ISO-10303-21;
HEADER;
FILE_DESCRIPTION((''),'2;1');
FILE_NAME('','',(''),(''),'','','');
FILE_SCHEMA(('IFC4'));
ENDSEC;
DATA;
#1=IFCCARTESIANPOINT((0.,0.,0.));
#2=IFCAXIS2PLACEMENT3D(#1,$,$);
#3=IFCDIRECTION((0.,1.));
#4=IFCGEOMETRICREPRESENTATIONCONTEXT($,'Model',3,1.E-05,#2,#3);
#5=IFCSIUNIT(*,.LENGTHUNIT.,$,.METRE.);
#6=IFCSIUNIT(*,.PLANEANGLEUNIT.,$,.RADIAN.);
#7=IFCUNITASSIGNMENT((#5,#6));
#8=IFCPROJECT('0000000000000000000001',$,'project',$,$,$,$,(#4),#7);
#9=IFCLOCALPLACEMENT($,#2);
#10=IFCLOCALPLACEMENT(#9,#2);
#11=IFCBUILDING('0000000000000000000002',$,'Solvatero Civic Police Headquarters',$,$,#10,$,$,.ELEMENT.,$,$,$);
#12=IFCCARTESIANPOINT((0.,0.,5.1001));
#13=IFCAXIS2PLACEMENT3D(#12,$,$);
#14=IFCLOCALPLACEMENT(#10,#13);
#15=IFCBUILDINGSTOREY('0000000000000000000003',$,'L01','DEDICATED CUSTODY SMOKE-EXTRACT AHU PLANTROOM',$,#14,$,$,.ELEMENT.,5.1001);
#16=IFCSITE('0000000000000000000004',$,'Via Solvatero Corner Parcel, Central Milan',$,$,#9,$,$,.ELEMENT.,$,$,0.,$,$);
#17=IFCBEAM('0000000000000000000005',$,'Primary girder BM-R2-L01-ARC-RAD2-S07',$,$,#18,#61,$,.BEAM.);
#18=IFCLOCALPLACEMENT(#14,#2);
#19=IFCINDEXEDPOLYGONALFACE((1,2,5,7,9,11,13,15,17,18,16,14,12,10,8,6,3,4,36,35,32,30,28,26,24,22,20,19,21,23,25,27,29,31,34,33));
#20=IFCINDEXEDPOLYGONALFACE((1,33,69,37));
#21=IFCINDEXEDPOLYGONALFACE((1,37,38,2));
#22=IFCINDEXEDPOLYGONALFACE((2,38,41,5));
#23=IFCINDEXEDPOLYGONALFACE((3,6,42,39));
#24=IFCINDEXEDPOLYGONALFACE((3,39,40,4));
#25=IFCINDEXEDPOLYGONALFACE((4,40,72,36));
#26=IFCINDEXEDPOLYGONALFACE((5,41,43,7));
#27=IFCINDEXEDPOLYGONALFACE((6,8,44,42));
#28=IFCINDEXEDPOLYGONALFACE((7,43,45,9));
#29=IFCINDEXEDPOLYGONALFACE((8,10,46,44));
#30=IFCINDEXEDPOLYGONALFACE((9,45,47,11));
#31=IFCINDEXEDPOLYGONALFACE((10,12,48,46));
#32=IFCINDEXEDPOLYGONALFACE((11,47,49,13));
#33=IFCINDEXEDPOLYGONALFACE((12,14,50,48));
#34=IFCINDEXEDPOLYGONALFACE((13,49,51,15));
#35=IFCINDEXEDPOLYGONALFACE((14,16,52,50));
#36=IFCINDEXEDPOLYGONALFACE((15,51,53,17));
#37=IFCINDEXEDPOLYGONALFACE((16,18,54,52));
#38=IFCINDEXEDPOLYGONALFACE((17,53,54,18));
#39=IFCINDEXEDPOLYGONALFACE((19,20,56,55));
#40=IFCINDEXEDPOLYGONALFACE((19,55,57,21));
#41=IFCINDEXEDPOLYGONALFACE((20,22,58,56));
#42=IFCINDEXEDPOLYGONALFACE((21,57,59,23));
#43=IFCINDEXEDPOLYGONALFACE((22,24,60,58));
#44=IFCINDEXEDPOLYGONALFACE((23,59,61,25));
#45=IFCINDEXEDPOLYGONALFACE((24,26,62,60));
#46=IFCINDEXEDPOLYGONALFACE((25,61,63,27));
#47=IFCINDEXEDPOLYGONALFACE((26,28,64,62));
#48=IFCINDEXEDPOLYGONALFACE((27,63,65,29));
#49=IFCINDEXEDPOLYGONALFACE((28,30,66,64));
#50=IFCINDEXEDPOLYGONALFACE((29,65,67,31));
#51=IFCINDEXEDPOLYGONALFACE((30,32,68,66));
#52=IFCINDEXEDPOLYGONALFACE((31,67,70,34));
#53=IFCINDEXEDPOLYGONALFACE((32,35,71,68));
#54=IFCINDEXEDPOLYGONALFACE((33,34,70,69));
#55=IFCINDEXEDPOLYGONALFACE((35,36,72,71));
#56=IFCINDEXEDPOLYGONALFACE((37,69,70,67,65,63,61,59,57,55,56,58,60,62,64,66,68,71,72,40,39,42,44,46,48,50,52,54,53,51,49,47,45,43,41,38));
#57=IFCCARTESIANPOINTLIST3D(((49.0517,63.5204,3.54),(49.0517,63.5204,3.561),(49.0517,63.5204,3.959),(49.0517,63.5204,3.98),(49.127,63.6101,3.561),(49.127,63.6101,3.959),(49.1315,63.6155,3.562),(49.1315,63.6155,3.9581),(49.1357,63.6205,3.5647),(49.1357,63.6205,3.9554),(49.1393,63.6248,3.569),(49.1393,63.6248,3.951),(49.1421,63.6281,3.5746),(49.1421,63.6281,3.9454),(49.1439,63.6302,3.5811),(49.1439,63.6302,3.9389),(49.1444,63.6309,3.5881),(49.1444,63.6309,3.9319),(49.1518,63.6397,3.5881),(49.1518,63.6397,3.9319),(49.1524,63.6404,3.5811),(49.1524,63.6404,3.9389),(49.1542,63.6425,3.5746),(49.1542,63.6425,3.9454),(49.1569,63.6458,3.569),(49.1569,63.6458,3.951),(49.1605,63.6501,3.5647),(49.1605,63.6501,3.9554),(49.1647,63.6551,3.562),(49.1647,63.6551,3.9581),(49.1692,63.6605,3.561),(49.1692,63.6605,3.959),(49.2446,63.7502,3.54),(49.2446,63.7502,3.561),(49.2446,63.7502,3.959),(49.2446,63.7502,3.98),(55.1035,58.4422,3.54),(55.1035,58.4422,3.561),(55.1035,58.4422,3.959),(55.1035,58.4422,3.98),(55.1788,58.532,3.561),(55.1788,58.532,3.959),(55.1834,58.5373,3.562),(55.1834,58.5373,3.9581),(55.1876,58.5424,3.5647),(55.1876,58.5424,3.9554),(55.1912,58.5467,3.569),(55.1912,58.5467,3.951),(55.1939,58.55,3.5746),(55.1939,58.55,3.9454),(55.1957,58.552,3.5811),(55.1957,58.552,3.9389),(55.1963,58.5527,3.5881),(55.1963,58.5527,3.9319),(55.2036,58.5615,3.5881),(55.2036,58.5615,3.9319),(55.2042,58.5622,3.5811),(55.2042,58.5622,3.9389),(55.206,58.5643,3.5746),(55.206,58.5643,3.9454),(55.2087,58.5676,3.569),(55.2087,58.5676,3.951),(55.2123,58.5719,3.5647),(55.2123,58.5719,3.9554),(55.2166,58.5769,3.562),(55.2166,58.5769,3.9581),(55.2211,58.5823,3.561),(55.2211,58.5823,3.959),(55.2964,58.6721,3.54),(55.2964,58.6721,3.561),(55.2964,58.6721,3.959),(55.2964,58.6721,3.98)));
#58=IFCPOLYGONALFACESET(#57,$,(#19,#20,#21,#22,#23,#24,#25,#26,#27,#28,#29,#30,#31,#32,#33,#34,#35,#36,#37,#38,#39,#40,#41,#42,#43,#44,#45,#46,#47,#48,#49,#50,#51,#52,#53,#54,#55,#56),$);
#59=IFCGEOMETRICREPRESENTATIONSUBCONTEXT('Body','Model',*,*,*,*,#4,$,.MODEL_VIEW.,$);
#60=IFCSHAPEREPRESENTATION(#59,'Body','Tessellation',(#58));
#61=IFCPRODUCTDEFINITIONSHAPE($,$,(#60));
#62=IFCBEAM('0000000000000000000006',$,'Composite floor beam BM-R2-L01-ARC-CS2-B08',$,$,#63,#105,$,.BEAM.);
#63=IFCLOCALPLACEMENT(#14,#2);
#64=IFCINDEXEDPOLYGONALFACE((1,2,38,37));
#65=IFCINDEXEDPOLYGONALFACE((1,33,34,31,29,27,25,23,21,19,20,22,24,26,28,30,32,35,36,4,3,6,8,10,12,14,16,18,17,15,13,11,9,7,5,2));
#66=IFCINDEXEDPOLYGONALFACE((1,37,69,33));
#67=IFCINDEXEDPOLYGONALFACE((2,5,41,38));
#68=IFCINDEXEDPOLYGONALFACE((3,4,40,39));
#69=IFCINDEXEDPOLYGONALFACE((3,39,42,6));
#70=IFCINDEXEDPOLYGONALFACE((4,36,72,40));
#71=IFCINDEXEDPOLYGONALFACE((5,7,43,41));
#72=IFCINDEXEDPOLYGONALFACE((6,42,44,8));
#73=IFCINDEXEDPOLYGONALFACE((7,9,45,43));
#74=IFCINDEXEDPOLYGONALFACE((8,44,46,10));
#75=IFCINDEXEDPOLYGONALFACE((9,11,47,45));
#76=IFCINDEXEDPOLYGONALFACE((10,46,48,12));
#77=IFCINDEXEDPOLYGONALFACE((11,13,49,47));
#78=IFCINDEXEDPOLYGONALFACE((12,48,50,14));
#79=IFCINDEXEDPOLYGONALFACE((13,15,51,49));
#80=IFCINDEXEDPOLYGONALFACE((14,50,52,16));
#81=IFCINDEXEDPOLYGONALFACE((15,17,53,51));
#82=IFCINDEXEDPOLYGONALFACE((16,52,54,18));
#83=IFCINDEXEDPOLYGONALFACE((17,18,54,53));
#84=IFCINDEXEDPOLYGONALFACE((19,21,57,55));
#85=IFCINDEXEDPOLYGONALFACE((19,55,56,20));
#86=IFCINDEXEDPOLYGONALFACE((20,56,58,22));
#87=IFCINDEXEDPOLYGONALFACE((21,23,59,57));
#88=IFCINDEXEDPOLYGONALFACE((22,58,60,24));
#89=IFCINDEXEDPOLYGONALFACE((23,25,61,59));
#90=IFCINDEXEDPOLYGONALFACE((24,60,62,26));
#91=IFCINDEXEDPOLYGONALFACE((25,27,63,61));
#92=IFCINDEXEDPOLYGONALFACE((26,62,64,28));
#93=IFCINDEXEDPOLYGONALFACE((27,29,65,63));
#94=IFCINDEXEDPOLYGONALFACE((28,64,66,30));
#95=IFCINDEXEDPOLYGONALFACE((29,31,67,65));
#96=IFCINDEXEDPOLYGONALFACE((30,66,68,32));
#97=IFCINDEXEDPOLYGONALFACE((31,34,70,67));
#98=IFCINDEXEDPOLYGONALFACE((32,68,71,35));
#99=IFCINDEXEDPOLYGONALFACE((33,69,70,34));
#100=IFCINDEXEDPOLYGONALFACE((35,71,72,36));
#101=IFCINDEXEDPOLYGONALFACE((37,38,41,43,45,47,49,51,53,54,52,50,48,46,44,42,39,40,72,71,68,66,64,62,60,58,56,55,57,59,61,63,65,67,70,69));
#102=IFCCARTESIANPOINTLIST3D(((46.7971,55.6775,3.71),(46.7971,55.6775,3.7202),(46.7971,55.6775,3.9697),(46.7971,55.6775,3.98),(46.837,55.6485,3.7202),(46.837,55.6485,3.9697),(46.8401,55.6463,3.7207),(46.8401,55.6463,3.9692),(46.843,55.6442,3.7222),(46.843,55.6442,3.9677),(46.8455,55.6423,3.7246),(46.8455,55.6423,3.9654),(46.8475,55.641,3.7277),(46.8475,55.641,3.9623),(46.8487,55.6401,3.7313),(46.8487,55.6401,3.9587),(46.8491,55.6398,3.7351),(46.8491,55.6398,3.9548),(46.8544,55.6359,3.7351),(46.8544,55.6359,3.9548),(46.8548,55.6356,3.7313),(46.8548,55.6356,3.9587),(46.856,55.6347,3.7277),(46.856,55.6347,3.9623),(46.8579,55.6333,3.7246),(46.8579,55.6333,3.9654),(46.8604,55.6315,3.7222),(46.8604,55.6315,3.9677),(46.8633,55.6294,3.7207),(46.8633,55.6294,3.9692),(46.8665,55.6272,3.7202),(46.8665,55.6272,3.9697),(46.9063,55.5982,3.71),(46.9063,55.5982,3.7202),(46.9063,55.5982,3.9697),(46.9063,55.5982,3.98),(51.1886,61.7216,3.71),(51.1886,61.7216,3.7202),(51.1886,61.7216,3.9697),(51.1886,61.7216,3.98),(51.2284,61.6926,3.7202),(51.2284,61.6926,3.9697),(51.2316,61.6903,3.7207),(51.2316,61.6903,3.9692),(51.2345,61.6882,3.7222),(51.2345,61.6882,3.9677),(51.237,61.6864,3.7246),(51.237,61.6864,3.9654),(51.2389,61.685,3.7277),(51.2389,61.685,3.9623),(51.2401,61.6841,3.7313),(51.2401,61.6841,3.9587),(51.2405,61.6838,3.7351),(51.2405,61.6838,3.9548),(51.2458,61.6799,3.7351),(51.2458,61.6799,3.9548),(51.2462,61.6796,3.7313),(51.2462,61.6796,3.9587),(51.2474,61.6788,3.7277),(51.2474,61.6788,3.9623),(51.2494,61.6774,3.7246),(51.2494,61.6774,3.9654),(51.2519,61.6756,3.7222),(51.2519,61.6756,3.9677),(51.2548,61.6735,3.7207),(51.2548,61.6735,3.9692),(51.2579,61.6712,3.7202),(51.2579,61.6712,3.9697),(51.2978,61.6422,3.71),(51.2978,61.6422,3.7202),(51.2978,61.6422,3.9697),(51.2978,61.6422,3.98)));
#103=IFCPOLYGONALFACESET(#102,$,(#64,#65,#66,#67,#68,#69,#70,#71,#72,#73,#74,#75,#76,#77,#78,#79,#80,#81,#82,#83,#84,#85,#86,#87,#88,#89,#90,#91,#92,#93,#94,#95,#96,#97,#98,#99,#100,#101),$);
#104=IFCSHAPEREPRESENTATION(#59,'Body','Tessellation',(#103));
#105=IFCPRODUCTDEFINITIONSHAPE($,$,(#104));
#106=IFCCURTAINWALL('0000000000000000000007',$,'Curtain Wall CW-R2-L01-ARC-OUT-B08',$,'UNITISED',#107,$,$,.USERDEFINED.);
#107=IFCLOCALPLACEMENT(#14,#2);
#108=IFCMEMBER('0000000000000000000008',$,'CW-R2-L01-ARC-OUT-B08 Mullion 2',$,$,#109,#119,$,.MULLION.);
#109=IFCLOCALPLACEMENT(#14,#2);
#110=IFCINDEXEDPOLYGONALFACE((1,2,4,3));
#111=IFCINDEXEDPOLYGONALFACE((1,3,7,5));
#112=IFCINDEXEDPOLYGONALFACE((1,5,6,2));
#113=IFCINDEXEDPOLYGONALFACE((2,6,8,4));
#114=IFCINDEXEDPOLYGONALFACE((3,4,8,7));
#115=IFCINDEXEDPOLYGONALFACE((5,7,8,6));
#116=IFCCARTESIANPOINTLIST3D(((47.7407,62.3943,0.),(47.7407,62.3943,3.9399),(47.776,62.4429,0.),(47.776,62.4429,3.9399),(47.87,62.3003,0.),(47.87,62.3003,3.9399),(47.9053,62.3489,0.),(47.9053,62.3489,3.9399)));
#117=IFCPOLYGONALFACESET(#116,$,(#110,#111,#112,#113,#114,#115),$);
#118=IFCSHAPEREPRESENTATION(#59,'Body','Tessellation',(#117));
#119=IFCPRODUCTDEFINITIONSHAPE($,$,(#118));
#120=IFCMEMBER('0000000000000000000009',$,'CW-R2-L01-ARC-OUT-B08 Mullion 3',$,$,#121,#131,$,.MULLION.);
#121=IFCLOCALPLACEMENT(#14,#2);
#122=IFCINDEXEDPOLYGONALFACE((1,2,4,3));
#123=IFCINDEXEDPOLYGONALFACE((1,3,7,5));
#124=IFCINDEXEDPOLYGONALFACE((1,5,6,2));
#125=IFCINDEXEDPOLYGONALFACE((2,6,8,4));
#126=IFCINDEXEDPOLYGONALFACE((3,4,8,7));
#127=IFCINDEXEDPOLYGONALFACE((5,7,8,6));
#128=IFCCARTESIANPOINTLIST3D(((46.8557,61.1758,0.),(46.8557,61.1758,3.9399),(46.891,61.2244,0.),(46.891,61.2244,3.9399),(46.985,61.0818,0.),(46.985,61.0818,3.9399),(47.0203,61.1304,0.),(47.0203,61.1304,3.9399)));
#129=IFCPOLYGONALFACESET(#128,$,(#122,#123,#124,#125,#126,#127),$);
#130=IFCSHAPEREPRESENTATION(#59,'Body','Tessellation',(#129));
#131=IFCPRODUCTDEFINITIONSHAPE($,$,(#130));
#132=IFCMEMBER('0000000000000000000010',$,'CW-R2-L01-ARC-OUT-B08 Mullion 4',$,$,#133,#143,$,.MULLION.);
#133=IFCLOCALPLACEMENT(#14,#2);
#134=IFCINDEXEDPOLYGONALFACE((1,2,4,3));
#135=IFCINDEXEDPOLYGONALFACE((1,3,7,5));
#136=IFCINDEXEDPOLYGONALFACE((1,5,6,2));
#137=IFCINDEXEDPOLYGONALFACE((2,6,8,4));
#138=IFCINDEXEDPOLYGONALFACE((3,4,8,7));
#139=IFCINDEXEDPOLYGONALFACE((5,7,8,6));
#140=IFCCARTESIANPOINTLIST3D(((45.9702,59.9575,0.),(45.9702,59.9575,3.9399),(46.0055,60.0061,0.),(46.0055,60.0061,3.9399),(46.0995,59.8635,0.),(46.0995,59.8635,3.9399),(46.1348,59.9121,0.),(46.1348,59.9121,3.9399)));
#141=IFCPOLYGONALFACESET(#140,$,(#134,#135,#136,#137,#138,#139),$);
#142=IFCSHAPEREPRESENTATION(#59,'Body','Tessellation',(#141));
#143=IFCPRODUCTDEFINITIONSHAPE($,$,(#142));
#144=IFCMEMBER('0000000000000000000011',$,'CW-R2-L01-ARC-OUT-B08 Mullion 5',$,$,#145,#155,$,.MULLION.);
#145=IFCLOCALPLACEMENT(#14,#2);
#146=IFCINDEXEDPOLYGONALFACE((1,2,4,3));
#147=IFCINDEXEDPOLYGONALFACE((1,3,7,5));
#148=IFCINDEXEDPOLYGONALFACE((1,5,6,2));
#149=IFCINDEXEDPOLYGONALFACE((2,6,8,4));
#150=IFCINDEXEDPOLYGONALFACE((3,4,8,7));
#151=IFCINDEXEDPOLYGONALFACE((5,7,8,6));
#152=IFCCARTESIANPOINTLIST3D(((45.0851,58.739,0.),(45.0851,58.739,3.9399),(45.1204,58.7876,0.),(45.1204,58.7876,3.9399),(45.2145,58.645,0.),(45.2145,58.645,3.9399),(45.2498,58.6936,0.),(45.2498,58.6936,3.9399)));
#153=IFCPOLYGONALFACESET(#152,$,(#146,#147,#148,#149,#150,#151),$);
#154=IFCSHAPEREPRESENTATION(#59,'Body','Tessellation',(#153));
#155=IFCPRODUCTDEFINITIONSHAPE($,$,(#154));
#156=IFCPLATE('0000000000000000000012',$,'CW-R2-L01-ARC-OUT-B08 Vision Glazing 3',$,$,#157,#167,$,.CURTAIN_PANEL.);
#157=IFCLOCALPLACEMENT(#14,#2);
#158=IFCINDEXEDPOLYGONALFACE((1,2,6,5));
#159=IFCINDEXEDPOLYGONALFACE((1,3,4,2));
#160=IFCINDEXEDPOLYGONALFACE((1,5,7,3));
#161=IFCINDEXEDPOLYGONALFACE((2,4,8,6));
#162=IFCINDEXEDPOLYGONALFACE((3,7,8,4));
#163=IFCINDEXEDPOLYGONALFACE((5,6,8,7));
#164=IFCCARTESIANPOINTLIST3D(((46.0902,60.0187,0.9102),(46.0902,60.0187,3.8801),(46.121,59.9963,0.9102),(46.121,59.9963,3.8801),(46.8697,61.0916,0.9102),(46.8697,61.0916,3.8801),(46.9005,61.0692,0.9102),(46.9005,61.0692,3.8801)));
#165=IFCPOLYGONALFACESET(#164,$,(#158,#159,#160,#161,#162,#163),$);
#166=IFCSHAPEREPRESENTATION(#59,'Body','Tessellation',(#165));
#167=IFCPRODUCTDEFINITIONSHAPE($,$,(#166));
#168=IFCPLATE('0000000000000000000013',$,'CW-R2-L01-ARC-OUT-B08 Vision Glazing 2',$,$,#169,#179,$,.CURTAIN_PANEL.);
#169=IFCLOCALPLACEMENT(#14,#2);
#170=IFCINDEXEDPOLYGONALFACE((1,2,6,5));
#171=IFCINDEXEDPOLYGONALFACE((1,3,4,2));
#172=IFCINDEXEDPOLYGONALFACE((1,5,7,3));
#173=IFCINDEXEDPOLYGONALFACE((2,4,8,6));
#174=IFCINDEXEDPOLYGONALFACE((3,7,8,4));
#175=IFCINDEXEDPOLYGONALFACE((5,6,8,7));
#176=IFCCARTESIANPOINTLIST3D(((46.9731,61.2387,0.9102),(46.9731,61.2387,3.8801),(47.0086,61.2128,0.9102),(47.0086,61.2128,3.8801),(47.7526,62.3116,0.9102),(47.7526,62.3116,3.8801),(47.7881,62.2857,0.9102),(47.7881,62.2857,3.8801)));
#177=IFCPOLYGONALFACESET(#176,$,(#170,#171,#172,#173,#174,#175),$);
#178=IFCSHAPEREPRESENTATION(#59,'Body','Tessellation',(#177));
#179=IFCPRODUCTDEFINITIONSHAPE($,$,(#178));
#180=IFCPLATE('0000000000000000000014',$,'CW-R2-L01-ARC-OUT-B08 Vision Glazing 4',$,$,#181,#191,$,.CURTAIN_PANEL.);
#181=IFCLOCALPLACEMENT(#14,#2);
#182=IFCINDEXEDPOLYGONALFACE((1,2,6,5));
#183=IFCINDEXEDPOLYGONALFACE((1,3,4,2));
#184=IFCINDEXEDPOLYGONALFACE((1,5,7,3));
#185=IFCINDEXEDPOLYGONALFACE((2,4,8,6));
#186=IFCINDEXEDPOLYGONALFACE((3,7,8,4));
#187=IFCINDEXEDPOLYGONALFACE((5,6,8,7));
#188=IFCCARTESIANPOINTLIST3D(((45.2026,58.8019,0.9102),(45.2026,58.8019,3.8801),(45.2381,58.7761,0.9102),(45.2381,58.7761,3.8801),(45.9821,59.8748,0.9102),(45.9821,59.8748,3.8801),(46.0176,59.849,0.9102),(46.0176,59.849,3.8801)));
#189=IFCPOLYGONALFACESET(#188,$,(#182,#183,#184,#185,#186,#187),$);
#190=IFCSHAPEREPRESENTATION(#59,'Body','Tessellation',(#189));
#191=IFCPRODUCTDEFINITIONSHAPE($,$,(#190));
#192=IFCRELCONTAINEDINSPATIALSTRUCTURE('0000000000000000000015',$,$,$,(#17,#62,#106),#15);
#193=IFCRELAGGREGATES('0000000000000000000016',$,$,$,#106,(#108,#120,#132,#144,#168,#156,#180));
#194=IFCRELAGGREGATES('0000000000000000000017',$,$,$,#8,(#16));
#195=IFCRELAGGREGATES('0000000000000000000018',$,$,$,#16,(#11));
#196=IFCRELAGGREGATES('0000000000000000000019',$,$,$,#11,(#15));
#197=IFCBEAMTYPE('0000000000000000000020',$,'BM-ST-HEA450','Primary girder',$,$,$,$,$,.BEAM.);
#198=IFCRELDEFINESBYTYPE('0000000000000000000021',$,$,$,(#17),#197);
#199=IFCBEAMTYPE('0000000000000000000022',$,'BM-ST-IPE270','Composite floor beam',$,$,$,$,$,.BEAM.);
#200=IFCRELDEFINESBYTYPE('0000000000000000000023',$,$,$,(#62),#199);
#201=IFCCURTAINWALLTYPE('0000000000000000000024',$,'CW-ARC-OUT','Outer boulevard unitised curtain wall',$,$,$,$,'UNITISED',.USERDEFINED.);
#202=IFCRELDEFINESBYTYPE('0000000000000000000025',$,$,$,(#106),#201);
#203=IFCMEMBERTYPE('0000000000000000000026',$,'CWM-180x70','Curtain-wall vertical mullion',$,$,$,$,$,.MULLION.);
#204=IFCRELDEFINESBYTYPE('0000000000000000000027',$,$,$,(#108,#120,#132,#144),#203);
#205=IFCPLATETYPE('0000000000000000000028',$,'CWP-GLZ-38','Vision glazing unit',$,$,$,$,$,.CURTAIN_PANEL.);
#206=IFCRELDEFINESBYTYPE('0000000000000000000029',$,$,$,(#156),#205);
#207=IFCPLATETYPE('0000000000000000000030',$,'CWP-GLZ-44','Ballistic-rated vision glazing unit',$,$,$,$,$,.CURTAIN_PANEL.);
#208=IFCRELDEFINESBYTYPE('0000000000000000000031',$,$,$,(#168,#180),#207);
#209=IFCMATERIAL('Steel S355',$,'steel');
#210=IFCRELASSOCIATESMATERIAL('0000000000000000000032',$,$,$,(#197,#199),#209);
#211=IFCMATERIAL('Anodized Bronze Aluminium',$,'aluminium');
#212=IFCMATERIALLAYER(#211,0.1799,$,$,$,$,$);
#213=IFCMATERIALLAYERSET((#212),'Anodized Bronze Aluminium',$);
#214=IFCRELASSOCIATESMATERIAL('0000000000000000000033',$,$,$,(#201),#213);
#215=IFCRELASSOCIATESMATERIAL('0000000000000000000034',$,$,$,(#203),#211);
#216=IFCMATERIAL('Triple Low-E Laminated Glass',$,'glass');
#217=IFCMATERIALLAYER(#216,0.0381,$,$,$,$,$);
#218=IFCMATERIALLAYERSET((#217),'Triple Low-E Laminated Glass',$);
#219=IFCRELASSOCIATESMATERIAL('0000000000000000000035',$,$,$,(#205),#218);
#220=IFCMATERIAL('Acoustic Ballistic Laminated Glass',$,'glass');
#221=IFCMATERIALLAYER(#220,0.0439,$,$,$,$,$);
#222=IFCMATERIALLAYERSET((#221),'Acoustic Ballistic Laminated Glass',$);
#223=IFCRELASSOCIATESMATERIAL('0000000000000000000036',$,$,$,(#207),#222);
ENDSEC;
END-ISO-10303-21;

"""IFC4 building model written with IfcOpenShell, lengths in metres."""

from ifc_helpers import new_model, si_unit, direction, frame, origin, origin_2d, place, context, subcontext, project, spatial, rectangle, i_section, extrude, material, layer, layer_set, material_profile, profile_set, type_object, element, aggregate, save


model = new_model("IFC4")

# Units and contexts
model_context = context("Model", 3, precision=1e-05, world=origin(), true_north=direction((0.0, 1.0)))
body_context = subcontext(model_context, "Body", "Model", "MODEL_VIEW")
ifc_project = project(units=[si_unit("LENGTHUNIT", "METRE"), si_unit("PLANEANGLEUNIT", "RADIAN")], contexts=[model_context])

# Site, building, storey
site_placement = place(None, origin())
site = spatial("IfcSite", under=ifc_project, at=site_placement, Name="Via Solvatero Corner Parcel, Central Milan", CompositionType="ELEMENT", RefElevation=0.0)
building_placement = place(site_placement, origin())
building = spatial("IfcBuilding", under=site, at=building_placement, Name="Solvatero Civic Police Headquarters", CompositionType="ELEMENT")
storey_placement = place(building_placement, frame((0.0, 0.0, 5.1001)))
storey = spatial("IfcBuildingStorey", under=building, at=storey_placement, Name="L01", Description="DEDICATED CUSTODY SMOKE-EXTRACT AHU PLANTROOM", CompositionType="ELEMENT", Elevation=5.1001)

# Beams
ifc_material_1 = material(Name="Steel S355", Category="steel")
ifc_material_profile_1 = material_profile(ifc_material_1, i_section(OverallWidth=0.3, OverallDepth=0.4399, WebThickness=0.0115, FlangeThickness=0.021, FilletRadius=0.0271, at=origin_2d()), Name="HEA 450")
ifc_profile_set_1 = profile_set([ifc_material_profile_1], Name="Steel S355")
beam_type_1 = type_object("IfcBeamType", Name="BM-ST-HEA450", Description="Primary girder", PredefinedType="BEAM", material=ifc_profile_set_1)
beam_1_placement = place(storey_placement, frame((55.2, 58.5571, 3.76), z_axis=(-0.766038, 0.642795, 0.0), x_axis=(-0.642795, -0.766038, 0.0)))
element("IfcBeam", 1, at=beam_1_placement, inside=storey, type_object=beam_type_1, Name="Primary girder BM-R2-L01-ARC-RAD2-S07", PredefinedType="BEAM", context=body_context, shape_type="SweptSolid", body=[
    extrude(i_section(OverallWidth=0.3, OverallDepth=0.4399, WebThickness=0.0115, FlangeThickness=0.021, FilletRadius=0.0271, at=origin_2d()), origin(), (0.0, 0.0, 1.0), 7.9001),
])
ifc_material_profile_2 = material_profile(ifc_material_1, i_section(OverallWidth=0.135, OverallDepth=0.27, WebThickness=0.0066, FlangeThickness=0.0103, FilletRadius=0.0149, at=origin_2d()), Name="IPE 270")
ifc_profile_set_2 = profile_set([ifc_material_profile_2], Name="Steel S355")
beam_type_2 = type_object("IfcBeamType", Name="BM-ST-IPE270", Description="Composite floor beam", PredefinedType="BEAM", material=ifc_profile_set_2)
beam_2_placement = place(storey_placement, frame((51.2432, 61.6819, 3.845), z_axis=(-0.587801, -0.809006, 0.0), x_axis=(0.809006, -0.587801, 0.0)))
element("IfcBeam", 2, at=beam_2_placement, inside=storey, type_object=beam_type_2, Name="Composite floor beam BM-R2-L01-ARC-CS2-B08", PredefinedType="BEAM", context=body_context, shape_type="SweptSolid", body=[
    extrude(i_section(OverallWidth=0.135, OverallDepth=0.27, WebThickness=0.0066, FlangeThickness=0.0103, FilletRadius=0.0149, at=origin_2d()), origin(), (0.0, 0.0, 1.0), 7.4709),
])

# Curtain wall, members, plates
ifc_material_2 = material(Name="Anodized Bronze Aluminium", Category="aluminium")
ifc_layer_1 = layer(ifc_material_2, 0.1799)
ifc_layer_set_1 = layer_set([ifc_layer_1], Name="Anodized Bronze Aluminium")
curtain_wall_type = type_object("IfcCurtainWallType", Name="CW-ARC-OUT", Description="Outer boulevard unitised curtain wall", ElementType="UNITISED", PredefinedType="USERDEFINED", material=ifc_layer_set_1)
curtain_wall_placement = place(storey_placement, origin())
curtain_wall = element("IfcCurtainWall", 3, at=curtain_wall_placement, inside=storey, type_object=curtain_wall_type, Name="Curtain Wall CW-R2-L01-ARC-OUT-B08", ObjectType="UNITISED", PredefinedType="USERDEFINED")
ifc_material_profile_3 = material_profile(ifc_material_2, rectangle(XDim=0.0601, YDim=0.1599, at=origin_2d()), Name="ALU MULLION 60x160")
ifc_profile_set_3 = profile_set([ifc_material_profile_3], Name="Anodized Bronze Aluminium")
member_type = type_object("IfcMemberType", Name="CWM-180x70", Description="Curtain-wall vertical mullion", PredefinedType="MULLION", material=ifc_profile_set_3)
member_1_placement = place(storey_placement, frame((47.823, 62.3716, 0.0), z_axis=(0.0, 0.0, 1.0), x_axis=(-0.587785, -0.809017, 0.0)))
member_1 = element("IfcMember", 4, at=member_1_placement, type_object=member_type, Name="CW-R2-L01-ARC-OUT-B08 Mullion 2", PredefinedType="MULLION", context=body_context, shape_type="SweptSolid", body=[
    extrude(rectangle(XDim=0.0601, YDim=0.1599, at=origin_2d()), origin(), (0.0, 0.0, 1.0), 3.9399),
])
member_2_placement = place(storey_placement, frame((46.938, 61.1531, 0.0), z_axis=(0.0, 0.0, 1.0), x_axis=(-0.587785, -0.809017, 0.0)))
member_2 = element("IfcMember", 5, at=member_2_placement, type_object=member_type, Name="CW-R2-L01-ARC-OUT-B08 Mullion 3", PredefinedType="MULLION", context=body_context, shape_type="SweptSolid", body=[
    extrude(rectangle(XDim=0.0601, YDim=0.1599, at=origin_2d()), origin(), (0.0, 0.0, 1.0), 3.9399),
])
member_3_placement = place(storey_placement, frame((46.0525, 59.9348, 0.0), z_axis=(0.0, 0.0, 1.0), x_axis=(-0.587785, -0.809017, 0.0)))
member_3 = element("IfcMember", 6, at=member_3_placement, type_object=member_type, Name="CW-R2-L01-ARC-OUT-B08 Mullion 4", PredefinedType="MULLION", context=body_context, shape_type="SweptSolid", body=[
    extrude(rectangle(XDim=0.0601, YDim=0.1599, at=origin_2d()), origin(), (0.0, 0.0, 1.0), 3.9399),
])
member_4_placement = place(storey_placement, frame((45.1675, 58.7163, 0.0), z_axis=(0.0, 0.0, 1.0), x_axis=(-0.587785, -0.809017, 0.0)))
member_4 = element("IfcMember", 7, at=member_4_placement, type_object=member_type, Name="CW-R2-L01-ARC-OUT-B08 Mullion 5", PredefinedType="MULLION", context=body_context, shape_type="SweptSolid", body=[
    extrude(rectangle(XDim=0.0601, YDim=0.1599, at=origin_2d()), origin(), (0.0, 0.0, 1.0), 3.9399),
])
ifc_material_3 = material(Name="Triple Low-E Laminated Glass", Category="glass")
ifc_layer_2 = layer(ifc_material_3, 0.0381)
ifc_layer_set_2 = layer_set([ifc_layer_2], Name="Triple Low-E Laminated Glass")
plate_type_1 = type_object("IfcPlateType", Name="CWP-GLZ-38", Description="Vision glazing unit", PredefinedType="CURTAIN_PANEL", material=ifc_layer_set_2)
plate_1_placement = place(storey_placement, frame((46.4954, 60.5439, 0.9102), z_axis=(0.0, 0.0, 1.0), x_axis=(-0.587785, -0.809017, 0.0)))
plate_1 = element("IfcPlate", 8, at=plate_1_placement, type_object=plate_type_1, Name="CW-R2-L01-ARC-OUT-B08 Vision Glazing 3", PredefinedType="CURTAIN_PANEL", context=body_context, shape_type="SweptSolid", body=[
    extrude(rectangle(XDim=1.3262, YDim=0.0381, at=origin_2d()), origin(), (0.0, 0.0, 1.0), 2.97),
])
ifc_material_4 = material(Name="Acoustic Ballistic Laminated Glass", Category="glass")
ifc_layer_3 = layer(ifc_material_4, 0.0439)
ifc_layer_set_3 = layer_set([ifc_layer_3], Name="Acoustic Ballistic Laminated Glass")
plate_type_2 = type_object("IfcPlateType", Name="CWP-GLZ-44", Description="Ballistic-rated vision glazing unit", PredefinedType="CURTAIN_PANEL", material=ifc_layer_set_3)
plate_2_placement = place(storey_placement, frame((47.3806, 61.7622, 0.9102), z_axis=(0.0, 0.0, 1.0), x_axis=(-0.587785, -0.809017, 0.0)))
plate_2 = element("IfcPlate", 9, at=plate_2_placement, type_object=plate_type_2, Name="CW-R2-L01-ARC-OUT-B08 Vision Glazing 2", PredefinedType="CURTAIN_PANEL", context=body_context, shape_type="SweptSolid", body=[
    extrude(rectangle(XDim=1.3262, YDim=0.0439, at=origin_2d()), origin(), (0.0, 0.0, 1.0), 2.97),
])
plate_3_placement = place(storey_placement, frame((45.6101, 59.3254, 0.9102), z_axis=(0.0, 0.0, 1.0), x_axis=(-0.587785, -0.809017, 0.0)))
plate_3 = element("IfcPlate", 10, at=plate_3_placement, type_object=plate_type_2, Name="CW-R2-L01-ARC-OUT-B08 Vision Glazing 4", PredefinedType="CURTAIN_PANEL", context=body_context, shape_type="SweptSolid", body=[
    extrude(rectangle(XDim=1.3262, YDim=0.0439, at=origin_2d()), origin(), (0.0, 0.0, 1.0), 2.97),
])
aggregate(curtain_wall, [member_1, member_2, member_3, member_4, plate_2, plate_1, plate_3])

save(model, "model.ifc")
